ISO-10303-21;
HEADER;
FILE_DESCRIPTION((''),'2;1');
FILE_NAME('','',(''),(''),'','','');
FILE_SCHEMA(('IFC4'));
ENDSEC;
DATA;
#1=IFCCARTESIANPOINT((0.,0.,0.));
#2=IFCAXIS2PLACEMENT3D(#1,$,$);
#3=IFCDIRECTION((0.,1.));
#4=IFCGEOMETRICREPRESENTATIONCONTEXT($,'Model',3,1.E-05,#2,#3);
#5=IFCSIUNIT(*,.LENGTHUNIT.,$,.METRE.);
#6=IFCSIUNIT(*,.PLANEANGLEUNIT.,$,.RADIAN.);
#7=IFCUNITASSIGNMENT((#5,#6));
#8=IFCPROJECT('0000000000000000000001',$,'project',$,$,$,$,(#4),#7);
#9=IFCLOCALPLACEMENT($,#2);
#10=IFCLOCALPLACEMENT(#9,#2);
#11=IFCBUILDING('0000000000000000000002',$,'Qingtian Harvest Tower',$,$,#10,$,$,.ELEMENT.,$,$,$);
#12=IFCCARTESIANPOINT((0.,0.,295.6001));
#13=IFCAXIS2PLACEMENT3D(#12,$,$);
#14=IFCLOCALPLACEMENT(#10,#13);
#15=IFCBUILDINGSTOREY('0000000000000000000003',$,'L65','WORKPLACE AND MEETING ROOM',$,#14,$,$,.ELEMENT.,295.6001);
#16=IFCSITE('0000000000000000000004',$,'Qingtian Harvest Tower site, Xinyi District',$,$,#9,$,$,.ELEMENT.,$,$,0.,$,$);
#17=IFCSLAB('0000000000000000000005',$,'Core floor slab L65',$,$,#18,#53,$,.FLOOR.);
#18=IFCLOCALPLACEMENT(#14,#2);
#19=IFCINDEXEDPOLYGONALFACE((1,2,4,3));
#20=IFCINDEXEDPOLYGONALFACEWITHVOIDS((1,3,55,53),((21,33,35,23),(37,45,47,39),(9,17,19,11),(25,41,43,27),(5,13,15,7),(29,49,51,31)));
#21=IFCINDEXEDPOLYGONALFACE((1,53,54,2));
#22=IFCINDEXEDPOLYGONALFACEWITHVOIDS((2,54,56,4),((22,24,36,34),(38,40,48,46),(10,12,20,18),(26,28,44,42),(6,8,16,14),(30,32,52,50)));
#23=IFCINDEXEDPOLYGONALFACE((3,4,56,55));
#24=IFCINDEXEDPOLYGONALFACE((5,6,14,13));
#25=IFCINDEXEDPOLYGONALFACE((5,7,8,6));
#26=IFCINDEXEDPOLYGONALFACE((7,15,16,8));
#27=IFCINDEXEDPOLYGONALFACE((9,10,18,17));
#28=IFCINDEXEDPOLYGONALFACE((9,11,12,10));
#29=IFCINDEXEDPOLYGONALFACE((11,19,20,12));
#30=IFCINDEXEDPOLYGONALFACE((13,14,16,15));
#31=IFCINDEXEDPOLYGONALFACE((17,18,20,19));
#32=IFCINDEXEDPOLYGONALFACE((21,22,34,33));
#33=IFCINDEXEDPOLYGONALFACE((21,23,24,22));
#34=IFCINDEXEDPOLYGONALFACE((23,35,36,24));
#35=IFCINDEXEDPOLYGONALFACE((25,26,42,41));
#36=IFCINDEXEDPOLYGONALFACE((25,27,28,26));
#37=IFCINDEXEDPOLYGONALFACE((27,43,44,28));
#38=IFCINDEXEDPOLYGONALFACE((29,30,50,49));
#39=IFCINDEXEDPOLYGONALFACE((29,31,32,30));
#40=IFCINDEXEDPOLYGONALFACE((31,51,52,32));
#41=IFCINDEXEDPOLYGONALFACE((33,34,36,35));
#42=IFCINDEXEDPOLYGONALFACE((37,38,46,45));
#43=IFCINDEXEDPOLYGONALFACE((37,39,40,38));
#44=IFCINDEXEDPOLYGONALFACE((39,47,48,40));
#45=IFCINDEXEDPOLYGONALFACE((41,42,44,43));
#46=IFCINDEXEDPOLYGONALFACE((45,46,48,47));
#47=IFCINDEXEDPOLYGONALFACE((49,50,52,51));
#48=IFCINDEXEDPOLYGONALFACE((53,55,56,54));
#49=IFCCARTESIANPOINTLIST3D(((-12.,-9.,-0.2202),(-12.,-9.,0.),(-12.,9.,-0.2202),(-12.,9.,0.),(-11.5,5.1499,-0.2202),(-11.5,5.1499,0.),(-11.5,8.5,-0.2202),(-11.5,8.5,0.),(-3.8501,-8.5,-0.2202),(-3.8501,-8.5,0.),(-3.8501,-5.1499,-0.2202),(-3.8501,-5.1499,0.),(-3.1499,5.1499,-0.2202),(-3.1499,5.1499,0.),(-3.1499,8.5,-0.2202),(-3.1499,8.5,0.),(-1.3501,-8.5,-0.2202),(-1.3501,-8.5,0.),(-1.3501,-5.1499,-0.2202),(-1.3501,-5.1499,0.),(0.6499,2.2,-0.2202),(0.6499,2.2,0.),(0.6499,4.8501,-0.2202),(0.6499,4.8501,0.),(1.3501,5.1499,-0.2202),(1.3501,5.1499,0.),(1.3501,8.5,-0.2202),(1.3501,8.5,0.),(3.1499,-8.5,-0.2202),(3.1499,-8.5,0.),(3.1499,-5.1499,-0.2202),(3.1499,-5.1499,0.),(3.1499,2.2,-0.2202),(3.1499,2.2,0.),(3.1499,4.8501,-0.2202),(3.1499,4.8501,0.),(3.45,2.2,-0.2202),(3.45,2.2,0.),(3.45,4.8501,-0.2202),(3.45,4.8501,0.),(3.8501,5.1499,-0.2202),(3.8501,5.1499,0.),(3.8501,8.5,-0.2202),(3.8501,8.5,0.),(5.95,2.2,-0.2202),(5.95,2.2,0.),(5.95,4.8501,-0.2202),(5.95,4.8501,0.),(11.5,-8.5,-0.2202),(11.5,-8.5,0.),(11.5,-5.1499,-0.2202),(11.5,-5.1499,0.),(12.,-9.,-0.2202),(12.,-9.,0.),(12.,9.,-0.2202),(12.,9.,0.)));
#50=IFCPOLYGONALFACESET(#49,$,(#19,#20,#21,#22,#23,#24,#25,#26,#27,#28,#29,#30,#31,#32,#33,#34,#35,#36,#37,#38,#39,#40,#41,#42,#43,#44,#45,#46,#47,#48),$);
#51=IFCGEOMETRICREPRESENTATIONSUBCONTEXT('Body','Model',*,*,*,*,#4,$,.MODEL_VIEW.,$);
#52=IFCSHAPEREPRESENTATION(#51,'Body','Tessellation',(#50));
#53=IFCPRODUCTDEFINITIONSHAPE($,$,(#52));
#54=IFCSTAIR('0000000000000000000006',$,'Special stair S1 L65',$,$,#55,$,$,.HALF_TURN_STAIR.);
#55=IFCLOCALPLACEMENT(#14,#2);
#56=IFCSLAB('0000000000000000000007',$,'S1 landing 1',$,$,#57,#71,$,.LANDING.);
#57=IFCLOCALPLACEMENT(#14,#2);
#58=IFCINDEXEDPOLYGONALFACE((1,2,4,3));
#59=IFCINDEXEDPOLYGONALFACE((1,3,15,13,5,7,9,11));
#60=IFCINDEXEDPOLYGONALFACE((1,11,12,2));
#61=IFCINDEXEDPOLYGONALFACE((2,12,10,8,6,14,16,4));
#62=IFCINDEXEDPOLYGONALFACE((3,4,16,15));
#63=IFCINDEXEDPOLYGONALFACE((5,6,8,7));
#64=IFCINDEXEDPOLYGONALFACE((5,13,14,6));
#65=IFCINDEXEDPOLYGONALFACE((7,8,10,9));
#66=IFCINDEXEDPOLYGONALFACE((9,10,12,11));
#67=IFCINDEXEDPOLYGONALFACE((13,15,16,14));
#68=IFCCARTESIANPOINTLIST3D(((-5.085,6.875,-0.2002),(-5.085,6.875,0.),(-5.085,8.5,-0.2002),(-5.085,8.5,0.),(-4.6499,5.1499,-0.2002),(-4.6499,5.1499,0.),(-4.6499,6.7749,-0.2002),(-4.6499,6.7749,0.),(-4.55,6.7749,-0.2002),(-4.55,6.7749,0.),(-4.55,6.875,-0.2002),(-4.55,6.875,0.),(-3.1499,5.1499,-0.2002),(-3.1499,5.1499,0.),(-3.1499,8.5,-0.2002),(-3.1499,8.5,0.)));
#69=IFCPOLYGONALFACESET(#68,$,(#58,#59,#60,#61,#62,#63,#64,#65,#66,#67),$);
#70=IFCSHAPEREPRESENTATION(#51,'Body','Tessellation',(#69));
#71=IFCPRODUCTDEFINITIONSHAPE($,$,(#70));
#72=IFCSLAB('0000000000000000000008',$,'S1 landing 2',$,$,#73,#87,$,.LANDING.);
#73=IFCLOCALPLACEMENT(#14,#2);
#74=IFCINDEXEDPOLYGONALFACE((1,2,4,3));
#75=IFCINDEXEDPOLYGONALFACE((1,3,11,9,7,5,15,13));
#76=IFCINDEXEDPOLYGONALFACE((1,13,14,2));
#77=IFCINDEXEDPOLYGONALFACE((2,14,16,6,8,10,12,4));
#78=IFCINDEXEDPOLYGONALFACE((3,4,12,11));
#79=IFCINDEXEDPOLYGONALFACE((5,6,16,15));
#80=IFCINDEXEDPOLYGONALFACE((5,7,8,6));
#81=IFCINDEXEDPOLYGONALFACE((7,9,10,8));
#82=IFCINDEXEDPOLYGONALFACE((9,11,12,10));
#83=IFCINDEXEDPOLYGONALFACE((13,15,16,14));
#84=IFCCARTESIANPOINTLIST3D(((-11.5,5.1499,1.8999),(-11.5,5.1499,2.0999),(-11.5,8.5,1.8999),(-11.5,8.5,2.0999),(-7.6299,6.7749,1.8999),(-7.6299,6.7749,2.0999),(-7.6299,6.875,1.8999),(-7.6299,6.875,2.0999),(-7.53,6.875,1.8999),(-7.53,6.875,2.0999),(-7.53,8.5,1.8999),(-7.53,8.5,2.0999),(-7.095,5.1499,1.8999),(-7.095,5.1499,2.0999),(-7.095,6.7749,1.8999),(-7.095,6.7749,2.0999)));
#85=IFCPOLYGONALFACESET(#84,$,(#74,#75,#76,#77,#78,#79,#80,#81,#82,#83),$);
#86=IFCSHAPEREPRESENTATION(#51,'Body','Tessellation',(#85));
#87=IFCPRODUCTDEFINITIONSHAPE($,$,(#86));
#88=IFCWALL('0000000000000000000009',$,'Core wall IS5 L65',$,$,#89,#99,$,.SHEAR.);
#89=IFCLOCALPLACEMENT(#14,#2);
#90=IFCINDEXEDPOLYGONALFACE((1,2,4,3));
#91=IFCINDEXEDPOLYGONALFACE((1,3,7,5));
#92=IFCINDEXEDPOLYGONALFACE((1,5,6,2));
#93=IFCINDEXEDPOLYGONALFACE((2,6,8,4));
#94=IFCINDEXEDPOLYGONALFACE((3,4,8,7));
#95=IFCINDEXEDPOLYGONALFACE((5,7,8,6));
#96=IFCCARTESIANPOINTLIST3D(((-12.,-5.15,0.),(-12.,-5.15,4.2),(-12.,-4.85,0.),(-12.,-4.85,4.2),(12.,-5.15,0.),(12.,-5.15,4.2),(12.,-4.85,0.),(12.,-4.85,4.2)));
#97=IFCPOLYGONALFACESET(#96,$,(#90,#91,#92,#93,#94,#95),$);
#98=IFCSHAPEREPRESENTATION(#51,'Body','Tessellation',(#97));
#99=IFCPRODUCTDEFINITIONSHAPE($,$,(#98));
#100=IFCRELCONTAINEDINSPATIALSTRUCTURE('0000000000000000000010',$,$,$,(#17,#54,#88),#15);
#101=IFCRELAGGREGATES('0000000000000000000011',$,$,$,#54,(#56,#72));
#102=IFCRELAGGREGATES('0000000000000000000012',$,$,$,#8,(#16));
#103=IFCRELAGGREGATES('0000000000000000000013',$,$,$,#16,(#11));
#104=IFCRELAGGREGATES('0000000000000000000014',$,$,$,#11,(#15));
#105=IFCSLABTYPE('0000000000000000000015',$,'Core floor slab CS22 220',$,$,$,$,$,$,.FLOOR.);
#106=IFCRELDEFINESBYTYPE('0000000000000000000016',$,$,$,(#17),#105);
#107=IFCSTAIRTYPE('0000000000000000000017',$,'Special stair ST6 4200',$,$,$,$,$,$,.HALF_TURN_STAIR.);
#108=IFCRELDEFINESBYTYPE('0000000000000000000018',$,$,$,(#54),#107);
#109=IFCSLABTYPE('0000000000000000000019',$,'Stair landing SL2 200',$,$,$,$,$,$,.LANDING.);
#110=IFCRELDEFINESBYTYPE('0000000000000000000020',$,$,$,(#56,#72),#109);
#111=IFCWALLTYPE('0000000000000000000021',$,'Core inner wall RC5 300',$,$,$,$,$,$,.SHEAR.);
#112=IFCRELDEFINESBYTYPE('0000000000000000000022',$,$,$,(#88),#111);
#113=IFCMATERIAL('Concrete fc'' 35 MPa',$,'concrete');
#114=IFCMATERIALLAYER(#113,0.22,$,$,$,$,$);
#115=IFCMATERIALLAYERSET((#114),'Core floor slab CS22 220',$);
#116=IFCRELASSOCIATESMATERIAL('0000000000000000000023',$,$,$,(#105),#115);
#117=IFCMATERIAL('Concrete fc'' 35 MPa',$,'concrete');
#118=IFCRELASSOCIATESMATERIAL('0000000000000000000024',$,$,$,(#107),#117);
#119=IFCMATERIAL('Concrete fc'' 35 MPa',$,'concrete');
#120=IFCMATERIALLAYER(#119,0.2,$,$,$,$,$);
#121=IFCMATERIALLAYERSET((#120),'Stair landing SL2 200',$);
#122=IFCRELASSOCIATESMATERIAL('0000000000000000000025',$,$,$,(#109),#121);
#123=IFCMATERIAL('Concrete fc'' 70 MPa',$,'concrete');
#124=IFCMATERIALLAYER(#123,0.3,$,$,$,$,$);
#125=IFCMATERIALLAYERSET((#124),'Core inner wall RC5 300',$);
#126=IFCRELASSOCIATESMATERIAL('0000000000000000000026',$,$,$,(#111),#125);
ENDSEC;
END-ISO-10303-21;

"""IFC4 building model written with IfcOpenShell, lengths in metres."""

from ifc_helpers import new_model, si_unit, direction, frame, frame_2d, origin, place, context, subcontext, project, spatial, polyline, rectangle, outline, extrude, material, layer, layer_set, type_object, element, aggregate, save


model = new_model("IFC4")

# Units and contexts
model_context = context("Model", 3, precision=1e-05, world=origin(), true_north=direction((0.0, 1.0)))
body_context = subcontext(model_context, "Body", "Model", "MODEL_VIEW")
ifc_project = project(units=[si_unit("LENGTHUNIT", "METRE"), si_unit("PLANEANGLEUNIT", "RADIAN")], contexts=[model_context])

# Site, building, storey
site_placement = place(None, origin())
site = spatial("IfcSite", under=ifc_project, at=site_placement, Name="Qingtian Harvest Tower site, Xinyi District", CompositionType="ELEMENT", RefElevation=0.0)
building_placement = place(site_placement, origin())
building = spatial("IfcBuilding", under=site, at=building_placement, Name="Qingtian Harvest Tower", CompositionType="ELEMENT")
storey_placement = place(building_placement, frame((0.0, 0.0, 295.6001)))
storey = spatial("IfcBuildingStorey", under=building, at=storey_placement, Name="L65", Description="WORKPLACE AND MEETING ROOM", CompositionType="ELEMENT", Elevation=295.6001)

# Slab
ifc_material_1 = material(Name="Concrete fc' 35 MPa", Category="concrete")
ifc_layer_1 = layer(ifc_material_1, 0.22)
ifc_layer_set_1 = layer_set([ifc_layer_1], Name="Core floor slab CS22 220")
slab_type_1 = type_object("IfcSlabType", Name="Core floor slab CS22 220", PredefinedType="FLOOR", material=ifc_layer_set_1)
slab_1_placement = place(storey_placement, frame((0.0, 0.0, -0.2202)))
element("IfcSlab", 1, at=slab_1_placement, inside=storey, type_object=slab_type_1, Name="Core floor slab L65", PredefinedType="FLOOR", context=body_context, shape_type="SweptSolid", body=[
    extrude(outline(polyline([(-12.0, -9.0), (12.0, -9.0), (12.0, 9.0), (-12.0, 9.0), (-12.0, -9.0)]), holes=[polyline([(-11.5, 5.1499), (-3.1499, 5.1499), (-3.1499, 8.5), (-11.5, 8.5), (-11.5, 5.1499)]), polyline([(3.1499, -8.5), (11.5, -8.5), (11.5, -5.1499), (3.1499, -5.1499), (3.1499, -8.5)]), polyline([(1.3501, 5.1499), (3.8501, 5.1499), (3.8501, 8.5), (1.3501, 8.5), (1.3501, 5.1499)]), polyline([(-3.8501, -8.5), (-1.3501, -8.5), (-1.3501, -5.1499), (-3.8501, -5.1499), (-3.8501, -8.5)]), polyline([(0.6499, 2.2), (3.1499, 2.2), (3.1499, 4.8501), (0.6499, 4.8501), (0.6499, 2.2)]), polyline([(3.45, 2.2), (5.95, 2.2), (5.95, 4.8501), (3.45, 4.8501), (3.45, 2.2)])]), origin(), (0.0, 0.0, 1.0), 0.2202),
])

# Stair, slabs
ifc_material_2 = material(Name="Concrete fc' 35 MPa", Category="concrete")
stair_type = type_object("IfcStairType", Name="Special stair ST6 4200", PredefinedType="HALF_TURN_STAIR", material=ifc_material_2)
stair_placement = place(storey_placement, origin())
stair = element("IfcStair", 2, at=stair_placement, inside=storey, type_object=stair_type, Name="Special stair S1 L65", PredefinedType="HALF_TURN_STAIR")
ifc_material_3 = material(Name="Concrete fc' 35 MPa", Category="concrete")
ifc_layer_2 = layer(ifc_material_3, 0.2)
ifc_layer_set_2 = layer_set([ifc_layer_2], Name="Stair landing SL2 200")
slab_type_2 = type_object("IfcSlabType", Name="Stair landing SL2 200", PredefinedType="LANDING", material=ifc_layer_set_2)
slab_2_placement = place(storey_placement, frame((0.0, 0.0, -0.2002)))
slab_2 = element("IfcSlab", 3, at=slab_2_placement, type_object=slab_type_2, Name="S1 landing 1", PredefinedType="LANDING", context=body_context, shape_type="SweptSolid", body=[
    extrude(outline(polyline([(-4.6499, 5.1499), (-4.6499, 6.7749), (-4.55, 6.7749), (-4.55, 6.875), (-5.085, 6.875), (-5.085, 8.5), (-3.1499, 8.5), (-3.1499, 5.1499), (-4.6499, 5.1499)])), origin(), (0.0, 0.0, 1.0), 0.2002),
])
slab_3_placement = place(storey_placement, frame((0.0, 0.0, 1.8999)))
slab_3 = element("IfcSlab", 4, at=slab_3_placement, type_object=slab_type_2, Name="S1 landing 2", PredefinedType="LANDING", context=body_context, shape_type="SweptSolid", body=[
    extrude(outline(polyline([(-7.095, 5.1499), (-11.5, 5.1499), (-11.5, 8.5), (-7.53, 8.5), (-7.53, 6.875), (-7.6299, 6.875), (-7.6299, 6.7749), (-7.095, 6.7749), (-7.095, 5.1499)])), origin(), (0.0, 0.0, 1.0), 0.2),
])
aggregate(stair, [slab_2, slab_3])

# Wall
ifc_material_4 = material(Name="Concrete fc' 70 MPa", Category="concrete")
ifc_layer_3 = layer(ifc_material_4, 0.3)
ifc_layer_set_3 = layer_set([ifc_layer_3], Name="Core inner wall RC5 300")
wall_type_1 = type_object("IfcWallType", Name="Core inner wall RC5 300", PredefinedType="SHEAR", material=ifc_layer_set_3)
wall_1_placement = place(storey_placement, frame((-12.0, -5.0, 0.0), z_axis=(0.0, 0.0, 1.0), x_axis=(1.0, 0.0, 0.0)))
element("IfcWall", 5, at=wall_1_placement, inside=storey, type_object=wall_type_1, Name="Core wall IS5 L65", PredefinedType="SHEAR", context=body_context, shape_type="SweptSolid", body=[
    extrude(rectangle(XDim=24.0, YDim=0.3, at=frame_2d((12.0, 0.0))), origin(), (0.0, 0.0, 1.0), 4.2),
])

save(model, "model.ifc")
